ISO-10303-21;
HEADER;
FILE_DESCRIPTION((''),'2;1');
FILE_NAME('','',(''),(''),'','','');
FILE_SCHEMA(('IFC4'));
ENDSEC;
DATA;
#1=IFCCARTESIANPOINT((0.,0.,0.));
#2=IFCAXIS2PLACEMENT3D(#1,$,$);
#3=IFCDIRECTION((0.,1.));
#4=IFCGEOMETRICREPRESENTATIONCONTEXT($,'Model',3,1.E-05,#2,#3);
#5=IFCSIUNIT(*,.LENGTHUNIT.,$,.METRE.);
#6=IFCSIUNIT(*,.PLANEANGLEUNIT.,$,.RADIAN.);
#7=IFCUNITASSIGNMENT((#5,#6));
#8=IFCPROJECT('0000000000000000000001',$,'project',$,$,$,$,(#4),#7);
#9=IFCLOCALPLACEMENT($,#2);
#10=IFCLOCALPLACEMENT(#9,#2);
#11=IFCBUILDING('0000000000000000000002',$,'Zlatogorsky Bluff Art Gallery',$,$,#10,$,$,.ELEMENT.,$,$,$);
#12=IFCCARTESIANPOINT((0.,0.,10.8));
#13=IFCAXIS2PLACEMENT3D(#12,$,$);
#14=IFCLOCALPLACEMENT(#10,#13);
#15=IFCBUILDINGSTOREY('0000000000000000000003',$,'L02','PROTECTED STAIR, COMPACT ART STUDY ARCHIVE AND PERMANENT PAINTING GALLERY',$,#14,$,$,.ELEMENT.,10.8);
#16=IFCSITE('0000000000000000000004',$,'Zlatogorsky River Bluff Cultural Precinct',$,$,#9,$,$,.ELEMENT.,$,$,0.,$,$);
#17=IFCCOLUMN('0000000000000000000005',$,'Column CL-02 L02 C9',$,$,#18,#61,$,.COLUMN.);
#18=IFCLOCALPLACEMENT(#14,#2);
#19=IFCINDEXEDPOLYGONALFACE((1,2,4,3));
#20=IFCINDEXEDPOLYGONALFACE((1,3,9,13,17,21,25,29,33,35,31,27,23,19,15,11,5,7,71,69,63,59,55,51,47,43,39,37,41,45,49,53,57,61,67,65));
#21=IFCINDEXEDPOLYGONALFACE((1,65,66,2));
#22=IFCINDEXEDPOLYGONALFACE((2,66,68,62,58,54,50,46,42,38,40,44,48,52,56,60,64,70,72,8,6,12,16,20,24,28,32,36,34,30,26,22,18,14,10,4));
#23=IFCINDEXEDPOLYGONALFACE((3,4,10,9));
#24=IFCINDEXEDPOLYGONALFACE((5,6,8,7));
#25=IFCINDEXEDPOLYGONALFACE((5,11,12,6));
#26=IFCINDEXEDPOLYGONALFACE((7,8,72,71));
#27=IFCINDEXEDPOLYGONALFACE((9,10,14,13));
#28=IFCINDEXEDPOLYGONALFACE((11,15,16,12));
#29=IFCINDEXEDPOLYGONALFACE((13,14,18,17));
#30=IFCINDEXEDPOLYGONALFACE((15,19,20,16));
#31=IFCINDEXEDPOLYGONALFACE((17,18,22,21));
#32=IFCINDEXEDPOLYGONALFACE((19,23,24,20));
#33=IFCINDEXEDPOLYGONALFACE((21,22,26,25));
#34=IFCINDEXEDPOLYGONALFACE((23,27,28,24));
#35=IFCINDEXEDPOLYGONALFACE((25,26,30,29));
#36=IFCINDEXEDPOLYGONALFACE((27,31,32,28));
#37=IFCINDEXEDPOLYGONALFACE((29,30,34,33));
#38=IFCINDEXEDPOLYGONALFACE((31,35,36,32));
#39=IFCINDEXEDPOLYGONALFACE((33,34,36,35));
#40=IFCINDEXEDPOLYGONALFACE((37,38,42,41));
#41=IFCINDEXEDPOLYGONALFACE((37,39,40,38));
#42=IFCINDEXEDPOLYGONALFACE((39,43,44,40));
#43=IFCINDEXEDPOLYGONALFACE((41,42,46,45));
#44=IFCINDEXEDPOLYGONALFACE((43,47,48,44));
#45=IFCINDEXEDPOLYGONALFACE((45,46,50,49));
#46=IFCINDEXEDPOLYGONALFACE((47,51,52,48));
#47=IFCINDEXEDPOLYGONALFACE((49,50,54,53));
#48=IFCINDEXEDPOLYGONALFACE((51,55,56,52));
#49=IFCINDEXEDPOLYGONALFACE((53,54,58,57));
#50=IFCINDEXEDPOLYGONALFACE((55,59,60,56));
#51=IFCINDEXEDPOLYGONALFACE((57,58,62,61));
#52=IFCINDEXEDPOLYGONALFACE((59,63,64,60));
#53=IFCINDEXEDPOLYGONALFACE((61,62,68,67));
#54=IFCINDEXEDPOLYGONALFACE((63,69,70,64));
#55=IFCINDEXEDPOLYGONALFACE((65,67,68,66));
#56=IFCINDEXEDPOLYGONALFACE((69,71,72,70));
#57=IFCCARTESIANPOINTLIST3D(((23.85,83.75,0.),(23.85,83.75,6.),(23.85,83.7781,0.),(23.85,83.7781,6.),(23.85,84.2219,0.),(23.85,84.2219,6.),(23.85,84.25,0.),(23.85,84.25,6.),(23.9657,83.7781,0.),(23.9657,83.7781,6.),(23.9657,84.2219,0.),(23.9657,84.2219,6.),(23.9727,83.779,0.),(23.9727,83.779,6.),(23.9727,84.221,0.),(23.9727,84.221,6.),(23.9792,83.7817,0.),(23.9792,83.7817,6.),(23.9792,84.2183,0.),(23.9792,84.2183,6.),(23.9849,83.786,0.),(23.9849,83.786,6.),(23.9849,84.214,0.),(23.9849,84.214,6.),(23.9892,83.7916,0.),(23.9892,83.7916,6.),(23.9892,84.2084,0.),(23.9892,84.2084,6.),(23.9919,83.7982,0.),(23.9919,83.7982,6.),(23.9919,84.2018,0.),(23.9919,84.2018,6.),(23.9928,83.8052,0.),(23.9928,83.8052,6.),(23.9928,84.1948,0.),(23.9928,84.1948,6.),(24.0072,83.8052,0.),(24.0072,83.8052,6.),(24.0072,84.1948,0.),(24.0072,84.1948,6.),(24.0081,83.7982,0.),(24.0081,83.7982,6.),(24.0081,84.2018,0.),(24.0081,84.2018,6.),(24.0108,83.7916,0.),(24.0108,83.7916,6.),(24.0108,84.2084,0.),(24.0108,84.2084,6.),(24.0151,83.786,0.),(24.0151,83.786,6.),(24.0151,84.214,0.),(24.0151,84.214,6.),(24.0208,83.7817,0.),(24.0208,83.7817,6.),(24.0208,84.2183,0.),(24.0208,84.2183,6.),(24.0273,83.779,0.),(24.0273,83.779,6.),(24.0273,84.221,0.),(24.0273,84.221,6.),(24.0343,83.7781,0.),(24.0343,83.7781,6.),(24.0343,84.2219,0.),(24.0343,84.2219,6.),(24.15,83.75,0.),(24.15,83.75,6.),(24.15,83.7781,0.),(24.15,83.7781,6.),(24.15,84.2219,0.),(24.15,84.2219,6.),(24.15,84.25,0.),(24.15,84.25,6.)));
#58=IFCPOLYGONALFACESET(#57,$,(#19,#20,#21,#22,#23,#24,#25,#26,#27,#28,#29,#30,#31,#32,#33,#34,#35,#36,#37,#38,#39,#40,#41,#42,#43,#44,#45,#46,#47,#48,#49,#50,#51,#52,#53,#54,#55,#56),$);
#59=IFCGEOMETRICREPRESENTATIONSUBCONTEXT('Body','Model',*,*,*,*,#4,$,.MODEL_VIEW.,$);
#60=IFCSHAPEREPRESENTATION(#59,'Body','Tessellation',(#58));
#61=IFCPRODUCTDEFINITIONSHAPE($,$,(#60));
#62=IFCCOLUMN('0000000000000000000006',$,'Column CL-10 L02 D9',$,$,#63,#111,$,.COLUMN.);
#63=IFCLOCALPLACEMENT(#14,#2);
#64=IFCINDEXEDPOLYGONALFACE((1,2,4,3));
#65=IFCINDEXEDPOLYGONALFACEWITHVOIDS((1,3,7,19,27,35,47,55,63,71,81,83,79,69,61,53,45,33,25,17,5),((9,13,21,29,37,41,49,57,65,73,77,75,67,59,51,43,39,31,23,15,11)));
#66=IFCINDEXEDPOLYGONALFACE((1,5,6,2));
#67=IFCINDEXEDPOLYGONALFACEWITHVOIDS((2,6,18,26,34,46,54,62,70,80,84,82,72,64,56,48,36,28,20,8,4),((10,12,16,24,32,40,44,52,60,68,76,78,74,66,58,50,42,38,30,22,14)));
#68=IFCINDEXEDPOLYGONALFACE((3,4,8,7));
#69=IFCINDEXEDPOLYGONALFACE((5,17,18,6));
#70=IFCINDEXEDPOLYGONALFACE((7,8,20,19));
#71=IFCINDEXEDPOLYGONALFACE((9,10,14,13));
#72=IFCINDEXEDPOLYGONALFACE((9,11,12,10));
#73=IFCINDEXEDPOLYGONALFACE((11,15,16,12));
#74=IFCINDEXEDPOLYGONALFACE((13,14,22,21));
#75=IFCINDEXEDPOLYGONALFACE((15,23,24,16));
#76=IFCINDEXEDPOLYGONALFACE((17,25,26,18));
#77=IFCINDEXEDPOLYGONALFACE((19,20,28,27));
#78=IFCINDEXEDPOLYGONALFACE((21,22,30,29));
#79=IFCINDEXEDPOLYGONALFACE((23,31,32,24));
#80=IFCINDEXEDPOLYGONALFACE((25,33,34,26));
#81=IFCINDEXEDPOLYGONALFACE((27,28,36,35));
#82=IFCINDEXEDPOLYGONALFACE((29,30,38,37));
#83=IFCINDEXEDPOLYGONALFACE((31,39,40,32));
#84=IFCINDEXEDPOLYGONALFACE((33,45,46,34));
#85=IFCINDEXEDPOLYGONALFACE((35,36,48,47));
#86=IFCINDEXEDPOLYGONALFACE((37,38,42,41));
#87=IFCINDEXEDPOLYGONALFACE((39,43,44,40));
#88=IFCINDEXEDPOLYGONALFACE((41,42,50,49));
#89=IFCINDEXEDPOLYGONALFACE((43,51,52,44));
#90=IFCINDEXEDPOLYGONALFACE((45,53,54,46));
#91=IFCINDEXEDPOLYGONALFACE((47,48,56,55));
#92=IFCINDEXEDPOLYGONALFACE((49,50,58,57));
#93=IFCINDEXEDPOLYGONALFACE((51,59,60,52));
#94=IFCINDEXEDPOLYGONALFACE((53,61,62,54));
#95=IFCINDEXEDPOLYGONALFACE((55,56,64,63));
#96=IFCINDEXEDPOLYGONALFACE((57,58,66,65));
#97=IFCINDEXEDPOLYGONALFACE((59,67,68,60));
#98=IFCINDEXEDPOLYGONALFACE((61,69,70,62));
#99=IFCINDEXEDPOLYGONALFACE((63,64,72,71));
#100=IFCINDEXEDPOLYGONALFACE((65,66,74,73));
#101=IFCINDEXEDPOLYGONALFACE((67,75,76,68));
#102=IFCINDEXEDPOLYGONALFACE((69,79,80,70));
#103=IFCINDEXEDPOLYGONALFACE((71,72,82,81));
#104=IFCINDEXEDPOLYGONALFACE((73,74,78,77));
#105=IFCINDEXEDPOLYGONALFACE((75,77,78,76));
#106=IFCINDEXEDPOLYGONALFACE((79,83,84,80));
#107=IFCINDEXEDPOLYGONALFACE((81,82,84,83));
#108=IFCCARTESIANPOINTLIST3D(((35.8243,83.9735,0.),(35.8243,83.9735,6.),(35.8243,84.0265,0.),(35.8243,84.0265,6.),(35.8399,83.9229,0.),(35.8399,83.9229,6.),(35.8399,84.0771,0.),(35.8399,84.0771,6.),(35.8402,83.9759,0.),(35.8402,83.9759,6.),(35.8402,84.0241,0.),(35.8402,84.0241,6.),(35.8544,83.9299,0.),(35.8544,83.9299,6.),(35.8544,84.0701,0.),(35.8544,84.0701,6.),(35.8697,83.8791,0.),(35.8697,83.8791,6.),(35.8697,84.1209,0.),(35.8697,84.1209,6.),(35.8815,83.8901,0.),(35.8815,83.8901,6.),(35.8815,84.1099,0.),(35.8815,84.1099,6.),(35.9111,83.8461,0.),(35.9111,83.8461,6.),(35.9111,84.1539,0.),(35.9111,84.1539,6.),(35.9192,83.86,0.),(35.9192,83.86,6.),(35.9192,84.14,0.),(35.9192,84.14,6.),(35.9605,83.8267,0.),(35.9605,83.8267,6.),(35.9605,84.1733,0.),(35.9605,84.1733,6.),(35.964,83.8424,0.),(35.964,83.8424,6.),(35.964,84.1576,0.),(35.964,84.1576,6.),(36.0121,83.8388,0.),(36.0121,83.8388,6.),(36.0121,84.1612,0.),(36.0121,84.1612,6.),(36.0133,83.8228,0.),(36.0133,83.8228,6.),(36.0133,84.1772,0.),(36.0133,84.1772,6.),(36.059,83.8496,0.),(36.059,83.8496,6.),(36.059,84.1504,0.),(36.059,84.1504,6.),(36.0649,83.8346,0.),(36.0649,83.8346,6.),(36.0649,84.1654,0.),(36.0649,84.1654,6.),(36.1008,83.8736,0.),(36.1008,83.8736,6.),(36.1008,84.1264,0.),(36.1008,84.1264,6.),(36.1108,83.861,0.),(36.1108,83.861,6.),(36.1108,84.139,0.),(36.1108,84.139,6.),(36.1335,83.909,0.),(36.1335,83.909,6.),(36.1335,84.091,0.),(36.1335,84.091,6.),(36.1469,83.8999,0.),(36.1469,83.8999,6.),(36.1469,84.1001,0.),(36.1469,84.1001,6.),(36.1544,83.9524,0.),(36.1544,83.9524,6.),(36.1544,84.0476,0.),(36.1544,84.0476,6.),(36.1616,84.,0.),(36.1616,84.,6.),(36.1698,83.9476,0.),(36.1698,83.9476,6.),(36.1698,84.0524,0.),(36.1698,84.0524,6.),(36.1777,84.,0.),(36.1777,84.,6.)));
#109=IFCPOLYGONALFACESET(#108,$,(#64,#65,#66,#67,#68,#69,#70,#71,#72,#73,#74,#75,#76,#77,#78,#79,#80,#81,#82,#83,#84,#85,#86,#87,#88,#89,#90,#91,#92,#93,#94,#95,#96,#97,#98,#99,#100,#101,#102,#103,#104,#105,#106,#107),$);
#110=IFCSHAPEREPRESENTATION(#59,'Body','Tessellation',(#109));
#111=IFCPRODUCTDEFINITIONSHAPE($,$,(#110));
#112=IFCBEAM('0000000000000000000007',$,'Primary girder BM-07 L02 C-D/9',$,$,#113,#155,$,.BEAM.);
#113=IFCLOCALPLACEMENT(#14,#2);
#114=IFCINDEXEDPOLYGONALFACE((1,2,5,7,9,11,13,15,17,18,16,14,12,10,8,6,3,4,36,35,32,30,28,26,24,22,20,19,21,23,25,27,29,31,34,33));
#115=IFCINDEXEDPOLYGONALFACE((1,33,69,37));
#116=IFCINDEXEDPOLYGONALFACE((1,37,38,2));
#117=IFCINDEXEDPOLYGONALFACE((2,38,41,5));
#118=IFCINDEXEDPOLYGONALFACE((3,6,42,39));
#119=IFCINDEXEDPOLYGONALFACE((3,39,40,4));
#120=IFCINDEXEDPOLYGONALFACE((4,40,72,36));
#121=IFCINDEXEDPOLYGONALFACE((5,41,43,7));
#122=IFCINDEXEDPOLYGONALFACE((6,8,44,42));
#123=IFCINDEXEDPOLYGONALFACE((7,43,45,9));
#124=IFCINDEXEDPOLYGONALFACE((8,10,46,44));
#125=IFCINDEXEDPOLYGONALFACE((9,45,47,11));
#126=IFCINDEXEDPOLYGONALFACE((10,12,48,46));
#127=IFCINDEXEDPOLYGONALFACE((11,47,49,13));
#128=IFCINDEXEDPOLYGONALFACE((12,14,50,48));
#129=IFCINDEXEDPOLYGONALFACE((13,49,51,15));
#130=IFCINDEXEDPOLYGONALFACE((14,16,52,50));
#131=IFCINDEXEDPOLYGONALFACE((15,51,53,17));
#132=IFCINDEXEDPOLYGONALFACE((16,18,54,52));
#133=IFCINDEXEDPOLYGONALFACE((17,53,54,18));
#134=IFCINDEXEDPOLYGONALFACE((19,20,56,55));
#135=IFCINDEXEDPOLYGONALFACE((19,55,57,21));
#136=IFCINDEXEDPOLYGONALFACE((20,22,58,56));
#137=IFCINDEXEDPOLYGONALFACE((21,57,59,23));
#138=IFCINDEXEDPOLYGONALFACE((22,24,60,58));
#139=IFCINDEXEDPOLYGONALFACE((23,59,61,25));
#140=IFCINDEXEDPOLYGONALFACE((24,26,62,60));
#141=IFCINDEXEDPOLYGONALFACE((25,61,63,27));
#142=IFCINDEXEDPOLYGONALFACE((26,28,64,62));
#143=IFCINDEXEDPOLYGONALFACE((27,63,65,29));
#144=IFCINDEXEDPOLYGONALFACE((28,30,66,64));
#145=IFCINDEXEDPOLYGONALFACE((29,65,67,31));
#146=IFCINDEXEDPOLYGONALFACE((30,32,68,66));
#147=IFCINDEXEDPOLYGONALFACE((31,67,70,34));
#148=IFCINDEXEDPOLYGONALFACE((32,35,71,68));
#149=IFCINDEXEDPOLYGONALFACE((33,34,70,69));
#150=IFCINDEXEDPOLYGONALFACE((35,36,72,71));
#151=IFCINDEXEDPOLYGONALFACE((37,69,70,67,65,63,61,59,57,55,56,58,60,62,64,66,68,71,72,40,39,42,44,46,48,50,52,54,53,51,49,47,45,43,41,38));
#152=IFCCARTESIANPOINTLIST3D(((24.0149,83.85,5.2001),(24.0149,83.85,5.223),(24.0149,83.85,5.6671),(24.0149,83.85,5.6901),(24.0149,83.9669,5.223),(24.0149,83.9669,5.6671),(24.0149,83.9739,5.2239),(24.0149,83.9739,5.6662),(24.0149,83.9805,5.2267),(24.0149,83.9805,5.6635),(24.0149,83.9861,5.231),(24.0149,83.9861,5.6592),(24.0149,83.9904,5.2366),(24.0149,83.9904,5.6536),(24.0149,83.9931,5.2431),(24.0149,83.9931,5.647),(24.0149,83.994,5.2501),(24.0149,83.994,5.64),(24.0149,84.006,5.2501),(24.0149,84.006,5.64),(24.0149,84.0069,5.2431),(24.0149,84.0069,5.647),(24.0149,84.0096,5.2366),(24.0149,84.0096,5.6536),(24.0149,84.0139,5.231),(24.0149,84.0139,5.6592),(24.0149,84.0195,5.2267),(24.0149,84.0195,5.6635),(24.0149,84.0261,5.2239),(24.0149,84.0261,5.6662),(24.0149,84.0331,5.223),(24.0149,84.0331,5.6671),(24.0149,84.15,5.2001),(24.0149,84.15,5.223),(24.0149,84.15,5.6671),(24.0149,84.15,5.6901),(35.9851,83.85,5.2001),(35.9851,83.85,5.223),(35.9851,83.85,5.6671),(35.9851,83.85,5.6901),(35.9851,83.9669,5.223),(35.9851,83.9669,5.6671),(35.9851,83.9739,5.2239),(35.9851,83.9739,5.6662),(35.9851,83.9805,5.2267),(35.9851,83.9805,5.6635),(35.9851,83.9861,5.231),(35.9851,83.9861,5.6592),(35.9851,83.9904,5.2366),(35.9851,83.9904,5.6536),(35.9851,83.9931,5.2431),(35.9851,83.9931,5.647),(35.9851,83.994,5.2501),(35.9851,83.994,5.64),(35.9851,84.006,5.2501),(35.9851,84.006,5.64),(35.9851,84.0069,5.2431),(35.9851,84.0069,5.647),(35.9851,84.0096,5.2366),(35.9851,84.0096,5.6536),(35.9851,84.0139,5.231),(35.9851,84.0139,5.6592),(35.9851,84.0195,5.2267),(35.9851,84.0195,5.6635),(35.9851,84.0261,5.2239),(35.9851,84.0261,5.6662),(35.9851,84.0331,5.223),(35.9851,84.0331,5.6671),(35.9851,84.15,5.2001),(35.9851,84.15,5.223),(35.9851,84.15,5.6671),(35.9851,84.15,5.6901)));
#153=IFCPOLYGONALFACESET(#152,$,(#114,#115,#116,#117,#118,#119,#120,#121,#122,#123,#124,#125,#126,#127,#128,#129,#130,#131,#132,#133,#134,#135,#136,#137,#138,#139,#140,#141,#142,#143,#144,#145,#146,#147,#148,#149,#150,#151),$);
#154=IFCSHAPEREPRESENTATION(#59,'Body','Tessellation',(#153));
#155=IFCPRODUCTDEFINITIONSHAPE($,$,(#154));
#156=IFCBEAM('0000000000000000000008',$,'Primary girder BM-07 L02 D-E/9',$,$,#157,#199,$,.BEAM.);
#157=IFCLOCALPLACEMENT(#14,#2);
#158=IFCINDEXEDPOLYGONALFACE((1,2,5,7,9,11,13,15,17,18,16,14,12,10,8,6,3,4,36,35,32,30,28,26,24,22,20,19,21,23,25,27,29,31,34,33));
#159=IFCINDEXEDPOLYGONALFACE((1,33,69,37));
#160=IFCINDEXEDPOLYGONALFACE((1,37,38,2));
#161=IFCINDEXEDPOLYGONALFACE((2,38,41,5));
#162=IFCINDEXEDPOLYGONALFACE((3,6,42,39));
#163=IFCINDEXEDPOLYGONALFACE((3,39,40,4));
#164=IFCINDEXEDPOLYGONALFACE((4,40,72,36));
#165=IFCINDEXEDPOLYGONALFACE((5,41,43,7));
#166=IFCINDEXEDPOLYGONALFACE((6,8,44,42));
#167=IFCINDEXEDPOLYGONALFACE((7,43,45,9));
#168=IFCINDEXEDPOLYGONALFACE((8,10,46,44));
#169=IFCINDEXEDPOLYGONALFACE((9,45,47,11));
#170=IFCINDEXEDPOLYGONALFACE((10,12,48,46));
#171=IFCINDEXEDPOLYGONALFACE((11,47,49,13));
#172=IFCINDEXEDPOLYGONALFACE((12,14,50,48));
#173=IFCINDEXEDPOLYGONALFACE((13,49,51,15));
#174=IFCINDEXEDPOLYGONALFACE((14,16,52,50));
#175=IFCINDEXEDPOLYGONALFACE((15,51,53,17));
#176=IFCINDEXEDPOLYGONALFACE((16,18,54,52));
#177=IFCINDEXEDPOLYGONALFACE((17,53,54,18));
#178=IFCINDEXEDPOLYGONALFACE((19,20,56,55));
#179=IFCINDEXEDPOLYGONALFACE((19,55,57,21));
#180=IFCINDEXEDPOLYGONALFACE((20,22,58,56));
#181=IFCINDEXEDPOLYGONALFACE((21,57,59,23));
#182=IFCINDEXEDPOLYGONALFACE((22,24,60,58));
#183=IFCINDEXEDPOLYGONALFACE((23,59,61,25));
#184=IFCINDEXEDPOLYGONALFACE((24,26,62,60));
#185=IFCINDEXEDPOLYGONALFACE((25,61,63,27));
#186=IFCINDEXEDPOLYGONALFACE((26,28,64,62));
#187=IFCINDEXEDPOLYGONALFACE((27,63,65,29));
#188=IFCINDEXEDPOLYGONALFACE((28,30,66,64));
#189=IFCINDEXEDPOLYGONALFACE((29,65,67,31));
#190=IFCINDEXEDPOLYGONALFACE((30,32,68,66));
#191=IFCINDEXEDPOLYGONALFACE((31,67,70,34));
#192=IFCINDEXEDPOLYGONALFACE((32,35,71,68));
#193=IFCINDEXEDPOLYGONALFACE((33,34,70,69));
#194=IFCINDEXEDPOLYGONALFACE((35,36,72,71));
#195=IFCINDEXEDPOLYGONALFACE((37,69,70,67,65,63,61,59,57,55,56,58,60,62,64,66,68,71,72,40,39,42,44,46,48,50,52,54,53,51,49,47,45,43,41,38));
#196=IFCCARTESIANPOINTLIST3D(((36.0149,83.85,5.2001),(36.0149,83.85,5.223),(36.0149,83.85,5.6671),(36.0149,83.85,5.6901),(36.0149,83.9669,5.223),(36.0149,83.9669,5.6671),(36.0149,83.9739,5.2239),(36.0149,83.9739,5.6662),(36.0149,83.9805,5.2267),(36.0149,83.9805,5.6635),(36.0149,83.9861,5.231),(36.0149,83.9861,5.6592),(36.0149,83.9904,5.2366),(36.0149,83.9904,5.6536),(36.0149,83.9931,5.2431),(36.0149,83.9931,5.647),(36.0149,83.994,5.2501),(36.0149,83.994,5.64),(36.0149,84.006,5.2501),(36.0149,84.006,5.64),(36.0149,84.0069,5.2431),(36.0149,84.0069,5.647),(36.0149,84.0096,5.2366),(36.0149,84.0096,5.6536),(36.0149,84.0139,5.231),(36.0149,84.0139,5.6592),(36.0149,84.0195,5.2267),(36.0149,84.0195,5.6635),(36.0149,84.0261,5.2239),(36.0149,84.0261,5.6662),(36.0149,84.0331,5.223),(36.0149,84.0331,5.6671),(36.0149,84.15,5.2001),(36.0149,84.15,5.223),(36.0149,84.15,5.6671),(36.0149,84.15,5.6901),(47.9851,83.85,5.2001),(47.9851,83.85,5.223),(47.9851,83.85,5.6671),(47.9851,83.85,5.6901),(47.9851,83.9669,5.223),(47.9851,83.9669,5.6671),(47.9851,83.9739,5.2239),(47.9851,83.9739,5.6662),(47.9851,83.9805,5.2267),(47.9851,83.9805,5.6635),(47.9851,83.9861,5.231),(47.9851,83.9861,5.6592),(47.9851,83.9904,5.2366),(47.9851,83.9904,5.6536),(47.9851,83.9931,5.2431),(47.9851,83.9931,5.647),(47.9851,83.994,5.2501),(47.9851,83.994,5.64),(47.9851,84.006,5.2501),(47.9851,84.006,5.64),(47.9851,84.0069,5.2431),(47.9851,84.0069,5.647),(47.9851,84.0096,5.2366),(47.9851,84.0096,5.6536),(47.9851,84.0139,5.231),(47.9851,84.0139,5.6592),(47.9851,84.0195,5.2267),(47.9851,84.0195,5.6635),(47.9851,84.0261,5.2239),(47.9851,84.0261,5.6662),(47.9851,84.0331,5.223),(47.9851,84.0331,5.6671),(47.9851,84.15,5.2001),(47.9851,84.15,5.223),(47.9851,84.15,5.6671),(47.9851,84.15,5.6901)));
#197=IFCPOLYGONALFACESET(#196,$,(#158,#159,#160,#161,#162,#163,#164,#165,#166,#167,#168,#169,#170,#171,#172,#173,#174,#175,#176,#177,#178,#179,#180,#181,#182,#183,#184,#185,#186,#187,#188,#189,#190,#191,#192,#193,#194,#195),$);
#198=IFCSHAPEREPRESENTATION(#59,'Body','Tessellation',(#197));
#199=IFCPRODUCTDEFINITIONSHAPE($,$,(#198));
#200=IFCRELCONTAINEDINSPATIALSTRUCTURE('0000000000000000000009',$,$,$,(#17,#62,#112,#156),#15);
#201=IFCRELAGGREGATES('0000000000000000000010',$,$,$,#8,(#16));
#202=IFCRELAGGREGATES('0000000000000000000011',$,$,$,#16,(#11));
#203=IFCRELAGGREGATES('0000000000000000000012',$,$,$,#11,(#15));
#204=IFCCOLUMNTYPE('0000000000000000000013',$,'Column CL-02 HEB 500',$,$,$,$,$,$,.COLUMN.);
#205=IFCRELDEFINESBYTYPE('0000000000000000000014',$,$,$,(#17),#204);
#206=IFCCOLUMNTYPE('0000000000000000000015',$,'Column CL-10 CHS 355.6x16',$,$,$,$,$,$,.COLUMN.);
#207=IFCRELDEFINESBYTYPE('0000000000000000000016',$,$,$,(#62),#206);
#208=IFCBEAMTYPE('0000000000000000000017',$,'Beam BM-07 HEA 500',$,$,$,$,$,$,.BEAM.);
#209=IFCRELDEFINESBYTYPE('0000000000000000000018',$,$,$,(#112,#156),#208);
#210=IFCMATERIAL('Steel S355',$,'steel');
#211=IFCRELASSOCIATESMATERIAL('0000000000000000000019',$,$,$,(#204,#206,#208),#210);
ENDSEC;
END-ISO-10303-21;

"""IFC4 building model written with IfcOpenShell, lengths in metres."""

from ifc_helpers import new_model, si_unit, direction, frame, origin, origin_2d, place, context, subcontext, project, spatial, hollow_circle, i_section, extrude, material, material_profile, profile_set, type_object, element, save


model = new_model("IFC4")

# Units and contexts
model_context = context("Model", 3, precision=1e-05, world=origin(), true_north=direction((0.0, 1.0)))
body_context = subcontext(model_context, "Body", "Model", "MODEL_VIEW")
ifc_project = project(units=[si_unit("LENGTHUNIT", "METRE"), si_unit("PLANEANGLEUNIT", "RADIAN")], contexts=[model_context])

# Site, building, storey
site_placement = place(None, origin())
site = spatial("IfcSite", under=ifc_project, at=site_placement, Name="Zlatogorsky River Bluff Cultural Precinct", CompositionType="ELEMENT", RefElevation=0.0)
building_placement = place(site_placement, origin())
building = spatial("IfcBuilding", under=site, at=building_placement, Name="Zlatogorsky Bluff Art Gallery", CompositionType="ELEMENT")
storey_placement = place(building_placement, frame((0.0, 0.0, 10.8)))
storey = spatial("IfcBuildingStorey", under=building, at=storey_placement, Name="L02", Description="PROTECTED STAIR, COMPACT ART STUDY ARCHIVE AND PERMANENT PAINTING GALLERY", CompositionType="ELEMENT", Elevation=10.8)

# Columns
ifc_material_1 = material(Name="Steel S355", Category="steel")
ifc_material_profile_1 = material_profile(ifc_material_1, i_section(OverallWidth=0.3, OverallDepth=0.5, WebThickness=0.0144, FlangeThickness=0.0281, FilletRadius=0.0271, at=origin_2d()), Name="HEB 500")
ifc_profile_set_1 = profile_set([ifc_material_profile_1], Name="Steel S355")
column_type_1 = type_object("IfcColumnType", Name="Column CL-02 HEB 500", PredefinedType="COLUMN", material=ifc_profile_set_1)
column_1_placement = place(storey_placement, frame((24.0, 84.0, 0.0), z_axis=(0.0, 0.0, 1.0), x_axis=(1.0, 0.0, 0.0)))
element("IfcColumn", 1, at=column_1_placement, inside=storey, type_object=column_type_1, Name="Column CL-02 L02 C9", PredefinedType="COLUMN", context=body_context, shape_type="SweptSolid", body=[
    extrude(i_section(OverallWidth=0.3, OverallDepth=0.5, WebThickness=0.0144, FlangeThickness=0.0281, FilletRadius=0.0271, at=origin_2d()), origin(), (0.0, 0.0, 1.0), 6.0),
])
ifc_material_profile_2 = material_profile(ifc_material_1, hollow_circle(Radius=0.1777, WallThickness=0.0161, at=origin_2d()), Name="CHS 355.6x16")
ifc_profile_set_2 = profile_set([ifc_material_profile_2], Name="Steel S355")
column_type_2 = type_object("IfcColumnType", Name="Column CL-10 CHS 355.6x16", PredefinedType="COLUMN", material=ifc_profile_set_2)
column_2_placement = place(storey_placement, frame((36.0, 84.0, 0.0), z_axis=(0.0, 0.0, 1.0), x_axis=(1.0, 0.0, 0.0)))
element("IfcColumn", 2, at=column_2_placement, inside=storey, type_object=column_type_2, Name="Column CL-10 L02 D9", PredefinedType="COLUMN", context=body_context, shape_type="SweptSolid", body=[
    extrude(hollow_circle(Radius=0.1777, WallThickness=0.0161, at=origin_2d()), origin(), (0.0, 0.0, 1.0), 6.0),
])

# Beams
ifc_material_profile_3 = material_profile(ifc_material_1, i_section(OverallWidth=0.3, OverallDepth=0.49, WebThickness=0.012, FlangeThickness=0.0229, FilletRadius=0.0271, at=origin_2d()), Name="HEA 500")
ifc_profile_set_3 = profile_set([ifc_material_profile_3], Name="Steel S355")
beam_type_1 = type_object("IfcBeamType", Name="Beam BM-07 HEA 500", PredefinedType="BEAM", material=ifc_profile_set_3)
for number, where, z_axis, x_axis, name in (
    (3, (24.0149, 84.0, 5.4451), (1.0, 0.0, 0.0), (0.0, 1.0, 0.0), "Primary girder BM-07 L02 C-D/9"),
    (4, (36.0149, 84.0, 5.4451), (1.0, 0.0, 0.0), (0.0, 1.0, 0.0), "Primary girder BM-07 L02 D-E/9"),
):
    element("IfcBeam", number, at=place(storey_placement, frame(where, z_axis=z_axis, x_axis=x_axis)), inside=storey, type_object=beam_type_1, Name=name, PredefinedType="BEAM", context=body_context, shape_type="SweptSolid", body=[
        extrude(i_section(OverallWidth=0.3, OverallDepth=0.49, WebThickness=0.012, FlangeThickness=0.0229, FilletRadius=0.0271, at=origin_2d()), origin(), (0.0, 0.0, 1.0), 11.9702),
    ])

save(model, "model.ifc")
